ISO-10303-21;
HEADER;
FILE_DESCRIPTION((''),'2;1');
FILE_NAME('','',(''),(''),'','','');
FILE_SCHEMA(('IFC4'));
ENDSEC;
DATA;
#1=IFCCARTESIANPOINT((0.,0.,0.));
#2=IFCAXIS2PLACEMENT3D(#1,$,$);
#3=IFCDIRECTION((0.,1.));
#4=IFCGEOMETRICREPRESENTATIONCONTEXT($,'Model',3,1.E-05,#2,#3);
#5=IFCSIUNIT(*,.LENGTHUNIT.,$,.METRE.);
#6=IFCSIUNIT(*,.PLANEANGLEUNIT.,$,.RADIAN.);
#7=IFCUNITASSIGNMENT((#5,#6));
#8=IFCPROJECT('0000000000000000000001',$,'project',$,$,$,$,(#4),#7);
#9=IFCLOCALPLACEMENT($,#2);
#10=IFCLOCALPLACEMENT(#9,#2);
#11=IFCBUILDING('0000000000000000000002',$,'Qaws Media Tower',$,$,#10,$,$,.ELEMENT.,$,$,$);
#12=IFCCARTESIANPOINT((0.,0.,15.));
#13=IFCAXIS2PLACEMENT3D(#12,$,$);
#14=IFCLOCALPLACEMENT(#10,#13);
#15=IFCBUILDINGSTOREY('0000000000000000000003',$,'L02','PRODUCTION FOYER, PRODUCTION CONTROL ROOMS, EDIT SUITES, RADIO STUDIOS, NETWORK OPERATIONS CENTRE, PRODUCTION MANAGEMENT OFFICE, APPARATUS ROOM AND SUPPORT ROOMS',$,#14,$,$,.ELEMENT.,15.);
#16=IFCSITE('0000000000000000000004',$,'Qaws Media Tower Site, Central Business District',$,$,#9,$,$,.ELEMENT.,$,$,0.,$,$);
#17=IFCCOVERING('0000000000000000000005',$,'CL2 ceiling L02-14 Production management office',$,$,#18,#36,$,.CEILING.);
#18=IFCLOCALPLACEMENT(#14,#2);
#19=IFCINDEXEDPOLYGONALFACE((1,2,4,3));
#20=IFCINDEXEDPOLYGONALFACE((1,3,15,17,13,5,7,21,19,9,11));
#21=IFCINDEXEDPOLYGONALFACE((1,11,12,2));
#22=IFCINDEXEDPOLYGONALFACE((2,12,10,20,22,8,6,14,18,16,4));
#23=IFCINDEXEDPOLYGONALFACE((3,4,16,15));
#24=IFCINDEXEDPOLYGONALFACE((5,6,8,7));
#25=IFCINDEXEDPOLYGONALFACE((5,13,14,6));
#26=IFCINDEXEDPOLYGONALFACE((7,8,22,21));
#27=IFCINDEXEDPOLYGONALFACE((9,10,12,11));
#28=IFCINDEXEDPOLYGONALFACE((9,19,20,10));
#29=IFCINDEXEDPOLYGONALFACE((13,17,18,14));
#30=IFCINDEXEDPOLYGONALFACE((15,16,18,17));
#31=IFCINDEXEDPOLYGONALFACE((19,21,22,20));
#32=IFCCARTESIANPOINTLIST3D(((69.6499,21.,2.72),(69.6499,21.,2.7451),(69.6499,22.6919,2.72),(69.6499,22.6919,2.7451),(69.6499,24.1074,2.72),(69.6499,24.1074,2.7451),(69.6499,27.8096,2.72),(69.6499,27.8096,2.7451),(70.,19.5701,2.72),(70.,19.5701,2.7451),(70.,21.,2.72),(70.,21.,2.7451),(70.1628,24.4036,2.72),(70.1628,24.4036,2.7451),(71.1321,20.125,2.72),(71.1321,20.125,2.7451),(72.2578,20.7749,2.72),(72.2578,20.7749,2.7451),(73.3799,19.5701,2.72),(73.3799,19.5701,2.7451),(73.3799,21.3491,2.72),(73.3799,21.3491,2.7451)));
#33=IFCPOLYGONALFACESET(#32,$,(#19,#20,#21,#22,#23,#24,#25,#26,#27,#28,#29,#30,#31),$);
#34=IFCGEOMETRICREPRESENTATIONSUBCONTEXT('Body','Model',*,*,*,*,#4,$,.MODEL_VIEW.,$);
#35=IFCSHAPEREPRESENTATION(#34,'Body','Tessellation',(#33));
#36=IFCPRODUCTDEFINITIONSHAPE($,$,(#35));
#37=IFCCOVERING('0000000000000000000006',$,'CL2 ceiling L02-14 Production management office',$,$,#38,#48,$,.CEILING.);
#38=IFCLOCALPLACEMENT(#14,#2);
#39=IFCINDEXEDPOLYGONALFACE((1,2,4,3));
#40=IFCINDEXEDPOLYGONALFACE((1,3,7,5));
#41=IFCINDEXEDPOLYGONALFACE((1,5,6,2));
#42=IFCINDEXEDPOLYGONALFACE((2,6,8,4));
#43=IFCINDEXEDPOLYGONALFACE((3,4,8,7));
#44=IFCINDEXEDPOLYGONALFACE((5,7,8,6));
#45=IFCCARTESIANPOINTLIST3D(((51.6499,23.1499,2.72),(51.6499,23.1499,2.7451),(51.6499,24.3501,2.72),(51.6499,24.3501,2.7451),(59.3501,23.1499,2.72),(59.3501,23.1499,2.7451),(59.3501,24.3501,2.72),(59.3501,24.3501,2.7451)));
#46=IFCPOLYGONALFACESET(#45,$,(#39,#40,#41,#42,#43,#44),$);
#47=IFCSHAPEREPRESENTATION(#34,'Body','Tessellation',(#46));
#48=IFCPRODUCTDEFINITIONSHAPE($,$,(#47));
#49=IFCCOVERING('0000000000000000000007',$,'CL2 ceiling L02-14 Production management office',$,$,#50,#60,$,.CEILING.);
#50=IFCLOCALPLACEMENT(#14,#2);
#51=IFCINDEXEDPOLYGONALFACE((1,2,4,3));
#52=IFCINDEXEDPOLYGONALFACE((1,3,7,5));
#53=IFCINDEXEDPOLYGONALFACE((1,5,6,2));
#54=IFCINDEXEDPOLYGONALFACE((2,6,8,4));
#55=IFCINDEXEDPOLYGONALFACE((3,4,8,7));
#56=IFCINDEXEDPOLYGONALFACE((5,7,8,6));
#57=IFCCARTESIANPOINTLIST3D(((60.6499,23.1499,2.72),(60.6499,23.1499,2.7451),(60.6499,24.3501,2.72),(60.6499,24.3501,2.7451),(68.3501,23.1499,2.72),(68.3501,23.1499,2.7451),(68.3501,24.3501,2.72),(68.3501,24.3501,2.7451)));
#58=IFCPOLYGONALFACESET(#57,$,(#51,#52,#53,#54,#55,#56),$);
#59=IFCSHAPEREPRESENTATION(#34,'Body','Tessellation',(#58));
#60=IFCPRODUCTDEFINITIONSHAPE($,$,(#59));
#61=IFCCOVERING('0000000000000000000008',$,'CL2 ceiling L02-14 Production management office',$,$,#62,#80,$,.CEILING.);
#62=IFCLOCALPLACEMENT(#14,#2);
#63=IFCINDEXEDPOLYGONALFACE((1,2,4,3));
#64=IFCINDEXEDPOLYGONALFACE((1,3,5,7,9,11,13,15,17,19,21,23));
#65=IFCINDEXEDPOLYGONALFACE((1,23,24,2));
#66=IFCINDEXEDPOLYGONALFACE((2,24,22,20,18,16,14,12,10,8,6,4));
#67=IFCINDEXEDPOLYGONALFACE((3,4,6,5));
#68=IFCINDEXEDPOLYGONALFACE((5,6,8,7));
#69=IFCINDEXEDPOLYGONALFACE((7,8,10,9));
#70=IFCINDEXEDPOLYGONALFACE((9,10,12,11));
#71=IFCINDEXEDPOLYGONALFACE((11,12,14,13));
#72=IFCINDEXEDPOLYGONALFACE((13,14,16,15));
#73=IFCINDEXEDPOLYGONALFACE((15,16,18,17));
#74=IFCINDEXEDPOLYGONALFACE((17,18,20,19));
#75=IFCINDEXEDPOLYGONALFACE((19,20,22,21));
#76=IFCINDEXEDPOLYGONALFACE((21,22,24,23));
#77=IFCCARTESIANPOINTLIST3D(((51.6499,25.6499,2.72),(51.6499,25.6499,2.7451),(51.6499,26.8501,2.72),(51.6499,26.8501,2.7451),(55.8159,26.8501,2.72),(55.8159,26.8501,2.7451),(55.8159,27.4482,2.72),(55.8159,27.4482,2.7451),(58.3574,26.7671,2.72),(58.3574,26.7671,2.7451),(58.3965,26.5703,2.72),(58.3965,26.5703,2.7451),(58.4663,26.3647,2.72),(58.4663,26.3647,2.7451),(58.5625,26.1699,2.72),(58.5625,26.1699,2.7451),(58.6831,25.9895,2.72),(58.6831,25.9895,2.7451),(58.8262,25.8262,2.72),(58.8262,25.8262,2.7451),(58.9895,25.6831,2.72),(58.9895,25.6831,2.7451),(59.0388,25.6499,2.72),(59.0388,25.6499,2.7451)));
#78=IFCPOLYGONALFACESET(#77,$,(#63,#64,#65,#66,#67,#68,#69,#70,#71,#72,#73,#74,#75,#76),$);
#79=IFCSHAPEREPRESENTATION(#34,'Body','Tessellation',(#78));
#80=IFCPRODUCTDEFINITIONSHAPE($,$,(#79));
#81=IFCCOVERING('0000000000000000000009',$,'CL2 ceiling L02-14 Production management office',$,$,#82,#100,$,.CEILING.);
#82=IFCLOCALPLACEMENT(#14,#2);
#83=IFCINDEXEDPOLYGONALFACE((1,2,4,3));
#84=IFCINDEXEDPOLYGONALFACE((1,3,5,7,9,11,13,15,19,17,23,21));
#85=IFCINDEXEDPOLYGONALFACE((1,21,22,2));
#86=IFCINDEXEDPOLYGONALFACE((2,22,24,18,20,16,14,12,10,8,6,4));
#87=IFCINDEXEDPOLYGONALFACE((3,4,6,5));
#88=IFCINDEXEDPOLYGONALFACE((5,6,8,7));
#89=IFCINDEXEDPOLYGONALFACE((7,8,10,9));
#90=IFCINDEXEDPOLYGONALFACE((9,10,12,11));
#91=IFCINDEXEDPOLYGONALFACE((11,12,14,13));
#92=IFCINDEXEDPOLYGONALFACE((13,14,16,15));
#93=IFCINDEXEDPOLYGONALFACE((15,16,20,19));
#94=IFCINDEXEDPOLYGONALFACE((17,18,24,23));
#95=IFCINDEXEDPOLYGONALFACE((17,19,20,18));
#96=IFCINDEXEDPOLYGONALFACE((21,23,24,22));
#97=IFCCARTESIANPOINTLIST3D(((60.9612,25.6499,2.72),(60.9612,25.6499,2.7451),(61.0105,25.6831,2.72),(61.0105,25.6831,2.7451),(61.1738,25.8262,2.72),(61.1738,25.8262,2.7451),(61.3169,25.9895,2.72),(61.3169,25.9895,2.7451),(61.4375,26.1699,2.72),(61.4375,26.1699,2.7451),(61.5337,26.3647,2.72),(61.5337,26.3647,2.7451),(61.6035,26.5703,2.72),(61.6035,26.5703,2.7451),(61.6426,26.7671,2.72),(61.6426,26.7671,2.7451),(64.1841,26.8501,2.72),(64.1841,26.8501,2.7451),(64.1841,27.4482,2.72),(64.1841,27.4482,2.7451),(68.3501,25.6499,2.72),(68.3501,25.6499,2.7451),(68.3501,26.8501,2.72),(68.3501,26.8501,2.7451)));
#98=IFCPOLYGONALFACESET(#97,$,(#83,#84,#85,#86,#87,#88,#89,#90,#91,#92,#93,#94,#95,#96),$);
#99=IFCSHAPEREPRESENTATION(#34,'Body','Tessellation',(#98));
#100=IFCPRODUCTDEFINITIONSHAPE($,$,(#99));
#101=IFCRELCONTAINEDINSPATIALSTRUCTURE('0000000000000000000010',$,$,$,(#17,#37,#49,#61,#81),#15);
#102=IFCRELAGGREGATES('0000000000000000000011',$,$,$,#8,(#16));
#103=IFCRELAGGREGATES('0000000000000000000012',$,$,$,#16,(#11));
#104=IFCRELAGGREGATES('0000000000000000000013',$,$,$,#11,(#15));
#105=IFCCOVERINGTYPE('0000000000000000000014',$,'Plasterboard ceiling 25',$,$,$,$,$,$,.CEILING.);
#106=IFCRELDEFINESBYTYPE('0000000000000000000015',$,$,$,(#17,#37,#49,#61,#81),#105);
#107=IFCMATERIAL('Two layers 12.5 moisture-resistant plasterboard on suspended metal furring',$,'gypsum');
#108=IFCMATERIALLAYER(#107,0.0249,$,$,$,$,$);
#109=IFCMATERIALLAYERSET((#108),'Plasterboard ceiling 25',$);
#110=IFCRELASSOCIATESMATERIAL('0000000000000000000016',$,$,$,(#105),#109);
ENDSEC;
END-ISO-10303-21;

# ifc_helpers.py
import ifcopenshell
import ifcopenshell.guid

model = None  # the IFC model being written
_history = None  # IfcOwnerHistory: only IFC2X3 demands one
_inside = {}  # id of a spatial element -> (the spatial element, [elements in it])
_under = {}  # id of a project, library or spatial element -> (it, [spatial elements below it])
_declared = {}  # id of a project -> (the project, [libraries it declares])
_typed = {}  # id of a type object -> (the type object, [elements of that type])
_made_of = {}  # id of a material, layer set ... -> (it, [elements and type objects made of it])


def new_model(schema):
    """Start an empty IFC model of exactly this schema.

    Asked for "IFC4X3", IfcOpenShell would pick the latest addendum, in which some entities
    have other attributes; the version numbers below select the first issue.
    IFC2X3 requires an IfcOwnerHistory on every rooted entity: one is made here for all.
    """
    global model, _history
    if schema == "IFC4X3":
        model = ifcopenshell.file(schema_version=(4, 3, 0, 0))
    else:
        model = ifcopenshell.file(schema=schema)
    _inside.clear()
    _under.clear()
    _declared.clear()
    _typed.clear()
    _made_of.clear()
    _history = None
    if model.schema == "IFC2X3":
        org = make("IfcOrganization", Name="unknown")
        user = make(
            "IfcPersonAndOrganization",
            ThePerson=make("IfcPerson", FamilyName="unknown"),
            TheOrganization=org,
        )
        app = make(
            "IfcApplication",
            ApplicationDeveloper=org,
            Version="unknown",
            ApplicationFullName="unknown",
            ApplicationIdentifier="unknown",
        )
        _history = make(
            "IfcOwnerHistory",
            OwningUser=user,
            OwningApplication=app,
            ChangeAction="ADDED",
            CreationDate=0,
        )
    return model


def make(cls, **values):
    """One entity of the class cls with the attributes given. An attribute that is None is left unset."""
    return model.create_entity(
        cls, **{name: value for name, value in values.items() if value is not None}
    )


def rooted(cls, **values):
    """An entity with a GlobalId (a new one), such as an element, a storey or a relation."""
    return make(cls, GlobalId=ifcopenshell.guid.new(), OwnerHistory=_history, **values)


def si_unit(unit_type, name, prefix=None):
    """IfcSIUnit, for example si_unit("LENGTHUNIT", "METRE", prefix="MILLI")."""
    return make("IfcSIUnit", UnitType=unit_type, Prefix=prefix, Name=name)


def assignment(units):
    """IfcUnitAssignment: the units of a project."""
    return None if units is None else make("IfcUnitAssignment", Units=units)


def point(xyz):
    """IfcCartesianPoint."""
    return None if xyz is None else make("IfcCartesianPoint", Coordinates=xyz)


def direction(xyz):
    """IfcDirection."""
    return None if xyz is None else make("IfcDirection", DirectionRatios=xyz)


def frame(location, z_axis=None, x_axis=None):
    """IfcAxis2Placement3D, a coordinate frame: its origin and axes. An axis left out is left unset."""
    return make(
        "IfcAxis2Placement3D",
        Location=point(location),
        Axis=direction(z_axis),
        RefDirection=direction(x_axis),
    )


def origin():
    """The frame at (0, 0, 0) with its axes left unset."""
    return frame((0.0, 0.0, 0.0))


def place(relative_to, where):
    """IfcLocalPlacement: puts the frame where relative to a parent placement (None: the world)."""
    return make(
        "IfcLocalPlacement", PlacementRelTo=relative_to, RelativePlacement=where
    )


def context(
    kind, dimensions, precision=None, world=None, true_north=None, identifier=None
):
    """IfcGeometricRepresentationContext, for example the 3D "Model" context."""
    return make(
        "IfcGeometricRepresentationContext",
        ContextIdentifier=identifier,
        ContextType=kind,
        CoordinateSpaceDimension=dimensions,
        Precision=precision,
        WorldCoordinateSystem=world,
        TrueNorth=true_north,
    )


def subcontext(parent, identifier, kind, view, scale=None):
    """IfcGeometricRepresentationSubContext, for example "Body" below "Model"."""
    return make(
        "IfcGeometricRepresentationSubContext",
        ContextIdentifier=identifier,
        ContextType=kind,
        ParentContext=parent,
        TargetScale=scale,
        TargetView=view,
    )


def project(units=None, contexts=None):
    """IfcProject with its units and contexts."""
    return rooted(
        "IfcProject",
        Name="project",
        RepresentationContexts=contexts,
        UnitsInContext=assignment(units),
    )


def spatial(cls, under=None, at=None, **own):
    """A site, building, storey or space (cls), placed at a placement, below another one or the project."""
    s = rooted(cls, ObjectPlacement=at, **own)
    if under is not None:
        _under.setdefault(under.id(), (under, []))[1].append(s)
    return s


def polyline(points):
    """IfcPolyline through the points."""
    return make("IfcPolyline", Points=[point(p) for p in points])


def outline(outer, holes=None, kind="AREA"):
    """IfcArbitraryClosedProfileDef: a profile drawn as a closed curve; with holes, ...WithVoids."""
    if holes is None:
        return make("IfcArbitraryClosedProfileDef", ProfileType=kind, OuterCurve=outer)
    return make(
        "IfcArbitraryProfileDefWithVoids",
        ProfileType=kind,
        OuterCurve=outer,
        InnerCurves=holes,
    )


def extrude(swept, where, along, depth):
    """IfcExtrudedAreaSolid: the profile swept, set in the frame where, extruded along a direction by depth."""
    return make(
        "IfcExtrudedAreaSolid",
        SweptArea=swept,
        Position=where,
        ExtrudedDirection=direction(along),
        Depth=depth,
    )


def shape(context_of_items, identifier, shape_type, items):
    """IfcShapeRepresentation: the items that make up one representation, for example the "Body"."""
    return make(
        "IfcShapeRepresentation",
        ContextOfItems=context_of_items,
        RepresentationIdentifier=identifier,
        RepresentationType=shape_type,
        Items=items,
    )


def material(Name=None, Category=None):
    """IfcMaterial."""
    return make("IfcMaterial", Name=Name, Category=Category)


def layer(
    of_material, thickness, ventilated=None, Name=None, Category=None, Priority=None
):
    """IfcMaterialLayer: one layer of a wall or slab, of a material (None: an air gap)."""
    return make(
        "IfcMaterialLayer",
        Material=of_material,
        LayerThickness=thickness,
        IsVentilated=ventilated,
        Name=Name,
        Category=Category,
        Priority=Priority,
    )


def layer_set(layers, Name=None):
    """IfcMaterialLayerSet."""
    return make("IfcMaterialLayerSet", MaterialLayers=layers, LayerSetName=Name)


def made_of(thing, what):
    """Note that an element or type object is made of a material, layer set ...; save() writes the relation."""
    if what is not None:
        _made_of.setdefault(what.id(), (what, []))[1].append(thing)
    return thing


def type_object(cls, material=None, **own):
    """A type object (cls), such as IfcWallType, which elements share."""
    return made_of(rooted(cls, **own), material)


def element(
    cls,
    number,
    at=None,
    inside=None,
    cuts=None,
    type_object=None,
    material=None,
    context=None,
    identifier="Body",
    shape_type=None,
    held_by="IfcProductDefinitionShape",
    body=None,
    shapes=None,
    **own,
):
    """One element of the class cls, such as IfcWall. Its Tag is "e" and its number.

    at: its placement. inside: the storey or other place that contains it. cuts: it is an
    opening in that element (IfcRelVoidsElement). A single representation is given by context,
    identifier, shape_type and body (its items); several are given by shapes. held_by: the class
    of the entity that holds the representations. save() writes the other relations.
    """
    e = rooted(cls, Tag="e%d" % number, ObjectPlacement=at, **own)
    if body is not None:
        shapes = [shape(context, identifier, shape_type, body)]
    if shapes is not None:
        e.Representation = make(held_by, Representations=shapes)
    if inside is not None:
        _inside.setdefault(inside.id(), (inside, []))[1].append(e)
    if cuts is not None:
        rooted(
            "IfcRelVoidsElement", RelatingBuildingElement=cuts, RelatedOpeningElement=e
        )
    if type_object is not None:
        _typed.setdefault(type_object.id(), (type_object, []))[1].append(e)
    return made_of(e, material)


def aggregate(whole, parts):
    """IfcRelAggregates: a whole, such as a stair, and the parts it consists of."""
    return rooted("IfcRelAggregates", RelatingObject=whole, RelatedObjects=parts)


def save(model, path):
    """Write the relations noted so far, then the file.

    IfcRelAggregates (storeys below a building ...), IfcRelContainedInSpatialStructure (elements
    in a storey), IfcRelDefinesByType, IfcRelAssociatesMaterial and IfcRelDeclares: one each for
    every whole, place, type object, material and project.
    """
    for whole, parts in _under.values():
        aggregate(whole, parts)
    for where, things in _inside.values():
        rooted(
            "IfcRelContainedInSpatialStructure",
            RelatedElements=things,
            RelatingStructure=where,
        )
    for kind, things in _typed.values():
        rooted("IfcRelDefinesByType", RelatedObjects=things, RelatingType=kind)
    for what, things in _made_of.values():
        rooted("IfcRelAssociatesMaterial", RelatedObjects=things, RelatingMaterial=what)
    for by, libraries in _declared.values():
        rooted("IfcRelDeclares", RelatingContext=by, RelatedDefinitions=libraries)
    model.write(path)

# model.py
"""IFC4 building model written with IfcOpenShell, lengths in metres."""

from ifc_helpers import new_model, si_unit, direction, frame, origin, place, context, subcontext, project, spatial, polyline, outline, extrude, material, layer, layer_set, type_object, element, save


model = new_model("IFC4")

# Units and contexts
model_context = context("Model", 3, precision=1e-05, world=origin(), true_north=direction((0.0, 1.0)))
body_context = subcontext(model_context, "Body", "Model", "MODEL_VIEW")
ifc_project = project(units=[si_unit("LENGTHUNIT", "METRE"), si_unit("PLANEANGLEUNIT", "RADIAN")], contexts=[model_context])

# Site, building, storey
site_placement = place(None, origin())
site = spatial("IfcSite", under=ifc_project, at=site_placement, Name="Qaws Media Tower Site, Central Business District", CompositionType="ELEMENT", RefElevation=0.0)
building_placement = place(site_placement, origin())
building = spatial("IfcBuilding", under=site, at=building_placement, Name="Qaws Media Tower", CompositionType="ELEMENT")
storey_placement = place(building_placement, frame((0.0, 0.0, 15.0)))
storey = spatial("IfcBuildingStorey", under=building, at=storey_placement, Name="L02", Description="PRODUCTION FOYER, PRODUCTION CONTROL ROOMS, EDIT SUITES, RADIO STUDIOS, NETWORK OPERATIONS CENTRE, PRODUCTION MANAGEMENT OFFICE, APPARATUS ROOM AND SUPPORT ROOMS", CompositionType="ELEMENT", Elevation=15.0)

# Coverings
ifc_material_1 = material(Name="Two layers 12.5 moisture-resistant plasterboard on suspended metal furring", Category="gypsum")
ifc_layer_1 = layer(ifc_material_1, 0.0249)
ifc_layer_set_1 = layer_set([ifc_layer_1], Name="Plasterboard ceiling 25")
covering_type_1 = type_object("IfcCoveringType", Name="Plasterboard ceiling 25", PredefinedType="CEILING", material=ifc_layer_set_1)
covering_1_placement = place(storey_placement, frame((0.0, 0.0, 2.72)))
element("IfcCovering", 1, at=covering_1_placement, inside=storey, type_object=covering_type_1, Name="CL2 ceiling L02-14 Production management office", PredefinedType="CEILING", context=body_context, shape_type="SweptSolid", body=[
    extrude(outline(polyline([(70.0, 19.5701), (70.0, 21.0), (69.6499, 21.0), (69.6499, 22.6919), (71.1321, 20.125), (72.2578, 20.7749), (70.1628, 24.4036), (69.6499, 24.1074), (69.6499, 27.8096), (73.3799, 21.3491), (73.3799, 19.5701), (70.0, 19.5701)])), origin(), (0.0, 0.0, 1.0), 0.0251),
])
covering_2_placement = place(storey_placement, frame((0.0, 0.0, 2.72)))
element("IfcCovering", 2, at=covering_2_placement, inside=storey, type_object=covering_type_1, Name="CL2 ceiling L02-14 Production management office", PredefinedType="CEILING", context=body_context, shape_type="SweptSolid", body=[
    extrude(outline(polyline([(59.3501, 24.3501), (59.3501, 23.1499), (51.6499, 23.1499), (51.6499, 24.3501), (59.3501, 24.3501)])), origin(), (0.0, 0.0, 1.0), 0.0251),
])
covering_3_placement = place(storey_placement, frame((0.0, 0.0, 2.72)))
element("IfcCovering", 3, at=covering_3_placement, inside=storey, type_object=covering_type_1, Name="CL2 ceiling L02-14 Production management office", PredefinedType="CEILING", context=body_context, shape_type="SweptSolid", body=[
    extrude(outline(polyline([(68.3501, 23.1499), (60.6499, 23.1499), (60.6499, 24.3501), (68.3501, 24.3501), (68.3501, 23.1499)])), origin(), (0.0, 0.0, 1.0), 0.0251),
])
covering_4_placement = place(storey_placement, frame((0.0, 0.0, 2.72)))
element("IfcCovering", 4, at=covering_4_placement, inside=storey, type_object=covering_type_1, Name="CL2 ceiling L02-14 Production management office", PredefinedType="CEILING", context=body_context, shape_type="SweptSolid", body=[
    extrude(outline(polyline([(58.3965, 26.5703), (58.4663, 26.3647), (58.5625, 26.1699), (58.6831, 25.9895), (58.8262, 25.8262), (58.9895, 25.6831), (59.0388, 25.6499), (51.6499, 25.6499), (51.6499, 26.8501), (55.8159, 26.8501), (55.8159, 27.4482), (58.3574, 26.7671), (58.3965, 26.5703)])), origin(), (0.0, 0.0, 1.0), 0.0251),
])
covering_5_placement = place(storey_placement, frame((0.0, 0.0, 2.72)))
element("IfcCovering", 5, at=covering_5_placement, inside=storey, type_object=covering_type_1, Name="CL2 ceiling L02-14 Production management office", PredefinedType="CEILING", context=body_context, shape_type="SweptSolid", body=[
    extrude(outline(polyline([(61.4375, 26.1699), (61.5337, 26.3647), (61.6035, 26.5703), (61.6426, 26.7671), (64.1841, 27.4482), (64.1841, 26.8501), (68.3501, 26.8501), (68.3501, 25.6499), (60.9612, 25.6499), (61.0105, 25.6831), (61.1738, 25.8262), (61.3169, 25.9895), (61.4375, 26.1699)])), origin(), (0.0, 0.0, 1.0), 0.0251),
])

save(model, "model.ifc")
